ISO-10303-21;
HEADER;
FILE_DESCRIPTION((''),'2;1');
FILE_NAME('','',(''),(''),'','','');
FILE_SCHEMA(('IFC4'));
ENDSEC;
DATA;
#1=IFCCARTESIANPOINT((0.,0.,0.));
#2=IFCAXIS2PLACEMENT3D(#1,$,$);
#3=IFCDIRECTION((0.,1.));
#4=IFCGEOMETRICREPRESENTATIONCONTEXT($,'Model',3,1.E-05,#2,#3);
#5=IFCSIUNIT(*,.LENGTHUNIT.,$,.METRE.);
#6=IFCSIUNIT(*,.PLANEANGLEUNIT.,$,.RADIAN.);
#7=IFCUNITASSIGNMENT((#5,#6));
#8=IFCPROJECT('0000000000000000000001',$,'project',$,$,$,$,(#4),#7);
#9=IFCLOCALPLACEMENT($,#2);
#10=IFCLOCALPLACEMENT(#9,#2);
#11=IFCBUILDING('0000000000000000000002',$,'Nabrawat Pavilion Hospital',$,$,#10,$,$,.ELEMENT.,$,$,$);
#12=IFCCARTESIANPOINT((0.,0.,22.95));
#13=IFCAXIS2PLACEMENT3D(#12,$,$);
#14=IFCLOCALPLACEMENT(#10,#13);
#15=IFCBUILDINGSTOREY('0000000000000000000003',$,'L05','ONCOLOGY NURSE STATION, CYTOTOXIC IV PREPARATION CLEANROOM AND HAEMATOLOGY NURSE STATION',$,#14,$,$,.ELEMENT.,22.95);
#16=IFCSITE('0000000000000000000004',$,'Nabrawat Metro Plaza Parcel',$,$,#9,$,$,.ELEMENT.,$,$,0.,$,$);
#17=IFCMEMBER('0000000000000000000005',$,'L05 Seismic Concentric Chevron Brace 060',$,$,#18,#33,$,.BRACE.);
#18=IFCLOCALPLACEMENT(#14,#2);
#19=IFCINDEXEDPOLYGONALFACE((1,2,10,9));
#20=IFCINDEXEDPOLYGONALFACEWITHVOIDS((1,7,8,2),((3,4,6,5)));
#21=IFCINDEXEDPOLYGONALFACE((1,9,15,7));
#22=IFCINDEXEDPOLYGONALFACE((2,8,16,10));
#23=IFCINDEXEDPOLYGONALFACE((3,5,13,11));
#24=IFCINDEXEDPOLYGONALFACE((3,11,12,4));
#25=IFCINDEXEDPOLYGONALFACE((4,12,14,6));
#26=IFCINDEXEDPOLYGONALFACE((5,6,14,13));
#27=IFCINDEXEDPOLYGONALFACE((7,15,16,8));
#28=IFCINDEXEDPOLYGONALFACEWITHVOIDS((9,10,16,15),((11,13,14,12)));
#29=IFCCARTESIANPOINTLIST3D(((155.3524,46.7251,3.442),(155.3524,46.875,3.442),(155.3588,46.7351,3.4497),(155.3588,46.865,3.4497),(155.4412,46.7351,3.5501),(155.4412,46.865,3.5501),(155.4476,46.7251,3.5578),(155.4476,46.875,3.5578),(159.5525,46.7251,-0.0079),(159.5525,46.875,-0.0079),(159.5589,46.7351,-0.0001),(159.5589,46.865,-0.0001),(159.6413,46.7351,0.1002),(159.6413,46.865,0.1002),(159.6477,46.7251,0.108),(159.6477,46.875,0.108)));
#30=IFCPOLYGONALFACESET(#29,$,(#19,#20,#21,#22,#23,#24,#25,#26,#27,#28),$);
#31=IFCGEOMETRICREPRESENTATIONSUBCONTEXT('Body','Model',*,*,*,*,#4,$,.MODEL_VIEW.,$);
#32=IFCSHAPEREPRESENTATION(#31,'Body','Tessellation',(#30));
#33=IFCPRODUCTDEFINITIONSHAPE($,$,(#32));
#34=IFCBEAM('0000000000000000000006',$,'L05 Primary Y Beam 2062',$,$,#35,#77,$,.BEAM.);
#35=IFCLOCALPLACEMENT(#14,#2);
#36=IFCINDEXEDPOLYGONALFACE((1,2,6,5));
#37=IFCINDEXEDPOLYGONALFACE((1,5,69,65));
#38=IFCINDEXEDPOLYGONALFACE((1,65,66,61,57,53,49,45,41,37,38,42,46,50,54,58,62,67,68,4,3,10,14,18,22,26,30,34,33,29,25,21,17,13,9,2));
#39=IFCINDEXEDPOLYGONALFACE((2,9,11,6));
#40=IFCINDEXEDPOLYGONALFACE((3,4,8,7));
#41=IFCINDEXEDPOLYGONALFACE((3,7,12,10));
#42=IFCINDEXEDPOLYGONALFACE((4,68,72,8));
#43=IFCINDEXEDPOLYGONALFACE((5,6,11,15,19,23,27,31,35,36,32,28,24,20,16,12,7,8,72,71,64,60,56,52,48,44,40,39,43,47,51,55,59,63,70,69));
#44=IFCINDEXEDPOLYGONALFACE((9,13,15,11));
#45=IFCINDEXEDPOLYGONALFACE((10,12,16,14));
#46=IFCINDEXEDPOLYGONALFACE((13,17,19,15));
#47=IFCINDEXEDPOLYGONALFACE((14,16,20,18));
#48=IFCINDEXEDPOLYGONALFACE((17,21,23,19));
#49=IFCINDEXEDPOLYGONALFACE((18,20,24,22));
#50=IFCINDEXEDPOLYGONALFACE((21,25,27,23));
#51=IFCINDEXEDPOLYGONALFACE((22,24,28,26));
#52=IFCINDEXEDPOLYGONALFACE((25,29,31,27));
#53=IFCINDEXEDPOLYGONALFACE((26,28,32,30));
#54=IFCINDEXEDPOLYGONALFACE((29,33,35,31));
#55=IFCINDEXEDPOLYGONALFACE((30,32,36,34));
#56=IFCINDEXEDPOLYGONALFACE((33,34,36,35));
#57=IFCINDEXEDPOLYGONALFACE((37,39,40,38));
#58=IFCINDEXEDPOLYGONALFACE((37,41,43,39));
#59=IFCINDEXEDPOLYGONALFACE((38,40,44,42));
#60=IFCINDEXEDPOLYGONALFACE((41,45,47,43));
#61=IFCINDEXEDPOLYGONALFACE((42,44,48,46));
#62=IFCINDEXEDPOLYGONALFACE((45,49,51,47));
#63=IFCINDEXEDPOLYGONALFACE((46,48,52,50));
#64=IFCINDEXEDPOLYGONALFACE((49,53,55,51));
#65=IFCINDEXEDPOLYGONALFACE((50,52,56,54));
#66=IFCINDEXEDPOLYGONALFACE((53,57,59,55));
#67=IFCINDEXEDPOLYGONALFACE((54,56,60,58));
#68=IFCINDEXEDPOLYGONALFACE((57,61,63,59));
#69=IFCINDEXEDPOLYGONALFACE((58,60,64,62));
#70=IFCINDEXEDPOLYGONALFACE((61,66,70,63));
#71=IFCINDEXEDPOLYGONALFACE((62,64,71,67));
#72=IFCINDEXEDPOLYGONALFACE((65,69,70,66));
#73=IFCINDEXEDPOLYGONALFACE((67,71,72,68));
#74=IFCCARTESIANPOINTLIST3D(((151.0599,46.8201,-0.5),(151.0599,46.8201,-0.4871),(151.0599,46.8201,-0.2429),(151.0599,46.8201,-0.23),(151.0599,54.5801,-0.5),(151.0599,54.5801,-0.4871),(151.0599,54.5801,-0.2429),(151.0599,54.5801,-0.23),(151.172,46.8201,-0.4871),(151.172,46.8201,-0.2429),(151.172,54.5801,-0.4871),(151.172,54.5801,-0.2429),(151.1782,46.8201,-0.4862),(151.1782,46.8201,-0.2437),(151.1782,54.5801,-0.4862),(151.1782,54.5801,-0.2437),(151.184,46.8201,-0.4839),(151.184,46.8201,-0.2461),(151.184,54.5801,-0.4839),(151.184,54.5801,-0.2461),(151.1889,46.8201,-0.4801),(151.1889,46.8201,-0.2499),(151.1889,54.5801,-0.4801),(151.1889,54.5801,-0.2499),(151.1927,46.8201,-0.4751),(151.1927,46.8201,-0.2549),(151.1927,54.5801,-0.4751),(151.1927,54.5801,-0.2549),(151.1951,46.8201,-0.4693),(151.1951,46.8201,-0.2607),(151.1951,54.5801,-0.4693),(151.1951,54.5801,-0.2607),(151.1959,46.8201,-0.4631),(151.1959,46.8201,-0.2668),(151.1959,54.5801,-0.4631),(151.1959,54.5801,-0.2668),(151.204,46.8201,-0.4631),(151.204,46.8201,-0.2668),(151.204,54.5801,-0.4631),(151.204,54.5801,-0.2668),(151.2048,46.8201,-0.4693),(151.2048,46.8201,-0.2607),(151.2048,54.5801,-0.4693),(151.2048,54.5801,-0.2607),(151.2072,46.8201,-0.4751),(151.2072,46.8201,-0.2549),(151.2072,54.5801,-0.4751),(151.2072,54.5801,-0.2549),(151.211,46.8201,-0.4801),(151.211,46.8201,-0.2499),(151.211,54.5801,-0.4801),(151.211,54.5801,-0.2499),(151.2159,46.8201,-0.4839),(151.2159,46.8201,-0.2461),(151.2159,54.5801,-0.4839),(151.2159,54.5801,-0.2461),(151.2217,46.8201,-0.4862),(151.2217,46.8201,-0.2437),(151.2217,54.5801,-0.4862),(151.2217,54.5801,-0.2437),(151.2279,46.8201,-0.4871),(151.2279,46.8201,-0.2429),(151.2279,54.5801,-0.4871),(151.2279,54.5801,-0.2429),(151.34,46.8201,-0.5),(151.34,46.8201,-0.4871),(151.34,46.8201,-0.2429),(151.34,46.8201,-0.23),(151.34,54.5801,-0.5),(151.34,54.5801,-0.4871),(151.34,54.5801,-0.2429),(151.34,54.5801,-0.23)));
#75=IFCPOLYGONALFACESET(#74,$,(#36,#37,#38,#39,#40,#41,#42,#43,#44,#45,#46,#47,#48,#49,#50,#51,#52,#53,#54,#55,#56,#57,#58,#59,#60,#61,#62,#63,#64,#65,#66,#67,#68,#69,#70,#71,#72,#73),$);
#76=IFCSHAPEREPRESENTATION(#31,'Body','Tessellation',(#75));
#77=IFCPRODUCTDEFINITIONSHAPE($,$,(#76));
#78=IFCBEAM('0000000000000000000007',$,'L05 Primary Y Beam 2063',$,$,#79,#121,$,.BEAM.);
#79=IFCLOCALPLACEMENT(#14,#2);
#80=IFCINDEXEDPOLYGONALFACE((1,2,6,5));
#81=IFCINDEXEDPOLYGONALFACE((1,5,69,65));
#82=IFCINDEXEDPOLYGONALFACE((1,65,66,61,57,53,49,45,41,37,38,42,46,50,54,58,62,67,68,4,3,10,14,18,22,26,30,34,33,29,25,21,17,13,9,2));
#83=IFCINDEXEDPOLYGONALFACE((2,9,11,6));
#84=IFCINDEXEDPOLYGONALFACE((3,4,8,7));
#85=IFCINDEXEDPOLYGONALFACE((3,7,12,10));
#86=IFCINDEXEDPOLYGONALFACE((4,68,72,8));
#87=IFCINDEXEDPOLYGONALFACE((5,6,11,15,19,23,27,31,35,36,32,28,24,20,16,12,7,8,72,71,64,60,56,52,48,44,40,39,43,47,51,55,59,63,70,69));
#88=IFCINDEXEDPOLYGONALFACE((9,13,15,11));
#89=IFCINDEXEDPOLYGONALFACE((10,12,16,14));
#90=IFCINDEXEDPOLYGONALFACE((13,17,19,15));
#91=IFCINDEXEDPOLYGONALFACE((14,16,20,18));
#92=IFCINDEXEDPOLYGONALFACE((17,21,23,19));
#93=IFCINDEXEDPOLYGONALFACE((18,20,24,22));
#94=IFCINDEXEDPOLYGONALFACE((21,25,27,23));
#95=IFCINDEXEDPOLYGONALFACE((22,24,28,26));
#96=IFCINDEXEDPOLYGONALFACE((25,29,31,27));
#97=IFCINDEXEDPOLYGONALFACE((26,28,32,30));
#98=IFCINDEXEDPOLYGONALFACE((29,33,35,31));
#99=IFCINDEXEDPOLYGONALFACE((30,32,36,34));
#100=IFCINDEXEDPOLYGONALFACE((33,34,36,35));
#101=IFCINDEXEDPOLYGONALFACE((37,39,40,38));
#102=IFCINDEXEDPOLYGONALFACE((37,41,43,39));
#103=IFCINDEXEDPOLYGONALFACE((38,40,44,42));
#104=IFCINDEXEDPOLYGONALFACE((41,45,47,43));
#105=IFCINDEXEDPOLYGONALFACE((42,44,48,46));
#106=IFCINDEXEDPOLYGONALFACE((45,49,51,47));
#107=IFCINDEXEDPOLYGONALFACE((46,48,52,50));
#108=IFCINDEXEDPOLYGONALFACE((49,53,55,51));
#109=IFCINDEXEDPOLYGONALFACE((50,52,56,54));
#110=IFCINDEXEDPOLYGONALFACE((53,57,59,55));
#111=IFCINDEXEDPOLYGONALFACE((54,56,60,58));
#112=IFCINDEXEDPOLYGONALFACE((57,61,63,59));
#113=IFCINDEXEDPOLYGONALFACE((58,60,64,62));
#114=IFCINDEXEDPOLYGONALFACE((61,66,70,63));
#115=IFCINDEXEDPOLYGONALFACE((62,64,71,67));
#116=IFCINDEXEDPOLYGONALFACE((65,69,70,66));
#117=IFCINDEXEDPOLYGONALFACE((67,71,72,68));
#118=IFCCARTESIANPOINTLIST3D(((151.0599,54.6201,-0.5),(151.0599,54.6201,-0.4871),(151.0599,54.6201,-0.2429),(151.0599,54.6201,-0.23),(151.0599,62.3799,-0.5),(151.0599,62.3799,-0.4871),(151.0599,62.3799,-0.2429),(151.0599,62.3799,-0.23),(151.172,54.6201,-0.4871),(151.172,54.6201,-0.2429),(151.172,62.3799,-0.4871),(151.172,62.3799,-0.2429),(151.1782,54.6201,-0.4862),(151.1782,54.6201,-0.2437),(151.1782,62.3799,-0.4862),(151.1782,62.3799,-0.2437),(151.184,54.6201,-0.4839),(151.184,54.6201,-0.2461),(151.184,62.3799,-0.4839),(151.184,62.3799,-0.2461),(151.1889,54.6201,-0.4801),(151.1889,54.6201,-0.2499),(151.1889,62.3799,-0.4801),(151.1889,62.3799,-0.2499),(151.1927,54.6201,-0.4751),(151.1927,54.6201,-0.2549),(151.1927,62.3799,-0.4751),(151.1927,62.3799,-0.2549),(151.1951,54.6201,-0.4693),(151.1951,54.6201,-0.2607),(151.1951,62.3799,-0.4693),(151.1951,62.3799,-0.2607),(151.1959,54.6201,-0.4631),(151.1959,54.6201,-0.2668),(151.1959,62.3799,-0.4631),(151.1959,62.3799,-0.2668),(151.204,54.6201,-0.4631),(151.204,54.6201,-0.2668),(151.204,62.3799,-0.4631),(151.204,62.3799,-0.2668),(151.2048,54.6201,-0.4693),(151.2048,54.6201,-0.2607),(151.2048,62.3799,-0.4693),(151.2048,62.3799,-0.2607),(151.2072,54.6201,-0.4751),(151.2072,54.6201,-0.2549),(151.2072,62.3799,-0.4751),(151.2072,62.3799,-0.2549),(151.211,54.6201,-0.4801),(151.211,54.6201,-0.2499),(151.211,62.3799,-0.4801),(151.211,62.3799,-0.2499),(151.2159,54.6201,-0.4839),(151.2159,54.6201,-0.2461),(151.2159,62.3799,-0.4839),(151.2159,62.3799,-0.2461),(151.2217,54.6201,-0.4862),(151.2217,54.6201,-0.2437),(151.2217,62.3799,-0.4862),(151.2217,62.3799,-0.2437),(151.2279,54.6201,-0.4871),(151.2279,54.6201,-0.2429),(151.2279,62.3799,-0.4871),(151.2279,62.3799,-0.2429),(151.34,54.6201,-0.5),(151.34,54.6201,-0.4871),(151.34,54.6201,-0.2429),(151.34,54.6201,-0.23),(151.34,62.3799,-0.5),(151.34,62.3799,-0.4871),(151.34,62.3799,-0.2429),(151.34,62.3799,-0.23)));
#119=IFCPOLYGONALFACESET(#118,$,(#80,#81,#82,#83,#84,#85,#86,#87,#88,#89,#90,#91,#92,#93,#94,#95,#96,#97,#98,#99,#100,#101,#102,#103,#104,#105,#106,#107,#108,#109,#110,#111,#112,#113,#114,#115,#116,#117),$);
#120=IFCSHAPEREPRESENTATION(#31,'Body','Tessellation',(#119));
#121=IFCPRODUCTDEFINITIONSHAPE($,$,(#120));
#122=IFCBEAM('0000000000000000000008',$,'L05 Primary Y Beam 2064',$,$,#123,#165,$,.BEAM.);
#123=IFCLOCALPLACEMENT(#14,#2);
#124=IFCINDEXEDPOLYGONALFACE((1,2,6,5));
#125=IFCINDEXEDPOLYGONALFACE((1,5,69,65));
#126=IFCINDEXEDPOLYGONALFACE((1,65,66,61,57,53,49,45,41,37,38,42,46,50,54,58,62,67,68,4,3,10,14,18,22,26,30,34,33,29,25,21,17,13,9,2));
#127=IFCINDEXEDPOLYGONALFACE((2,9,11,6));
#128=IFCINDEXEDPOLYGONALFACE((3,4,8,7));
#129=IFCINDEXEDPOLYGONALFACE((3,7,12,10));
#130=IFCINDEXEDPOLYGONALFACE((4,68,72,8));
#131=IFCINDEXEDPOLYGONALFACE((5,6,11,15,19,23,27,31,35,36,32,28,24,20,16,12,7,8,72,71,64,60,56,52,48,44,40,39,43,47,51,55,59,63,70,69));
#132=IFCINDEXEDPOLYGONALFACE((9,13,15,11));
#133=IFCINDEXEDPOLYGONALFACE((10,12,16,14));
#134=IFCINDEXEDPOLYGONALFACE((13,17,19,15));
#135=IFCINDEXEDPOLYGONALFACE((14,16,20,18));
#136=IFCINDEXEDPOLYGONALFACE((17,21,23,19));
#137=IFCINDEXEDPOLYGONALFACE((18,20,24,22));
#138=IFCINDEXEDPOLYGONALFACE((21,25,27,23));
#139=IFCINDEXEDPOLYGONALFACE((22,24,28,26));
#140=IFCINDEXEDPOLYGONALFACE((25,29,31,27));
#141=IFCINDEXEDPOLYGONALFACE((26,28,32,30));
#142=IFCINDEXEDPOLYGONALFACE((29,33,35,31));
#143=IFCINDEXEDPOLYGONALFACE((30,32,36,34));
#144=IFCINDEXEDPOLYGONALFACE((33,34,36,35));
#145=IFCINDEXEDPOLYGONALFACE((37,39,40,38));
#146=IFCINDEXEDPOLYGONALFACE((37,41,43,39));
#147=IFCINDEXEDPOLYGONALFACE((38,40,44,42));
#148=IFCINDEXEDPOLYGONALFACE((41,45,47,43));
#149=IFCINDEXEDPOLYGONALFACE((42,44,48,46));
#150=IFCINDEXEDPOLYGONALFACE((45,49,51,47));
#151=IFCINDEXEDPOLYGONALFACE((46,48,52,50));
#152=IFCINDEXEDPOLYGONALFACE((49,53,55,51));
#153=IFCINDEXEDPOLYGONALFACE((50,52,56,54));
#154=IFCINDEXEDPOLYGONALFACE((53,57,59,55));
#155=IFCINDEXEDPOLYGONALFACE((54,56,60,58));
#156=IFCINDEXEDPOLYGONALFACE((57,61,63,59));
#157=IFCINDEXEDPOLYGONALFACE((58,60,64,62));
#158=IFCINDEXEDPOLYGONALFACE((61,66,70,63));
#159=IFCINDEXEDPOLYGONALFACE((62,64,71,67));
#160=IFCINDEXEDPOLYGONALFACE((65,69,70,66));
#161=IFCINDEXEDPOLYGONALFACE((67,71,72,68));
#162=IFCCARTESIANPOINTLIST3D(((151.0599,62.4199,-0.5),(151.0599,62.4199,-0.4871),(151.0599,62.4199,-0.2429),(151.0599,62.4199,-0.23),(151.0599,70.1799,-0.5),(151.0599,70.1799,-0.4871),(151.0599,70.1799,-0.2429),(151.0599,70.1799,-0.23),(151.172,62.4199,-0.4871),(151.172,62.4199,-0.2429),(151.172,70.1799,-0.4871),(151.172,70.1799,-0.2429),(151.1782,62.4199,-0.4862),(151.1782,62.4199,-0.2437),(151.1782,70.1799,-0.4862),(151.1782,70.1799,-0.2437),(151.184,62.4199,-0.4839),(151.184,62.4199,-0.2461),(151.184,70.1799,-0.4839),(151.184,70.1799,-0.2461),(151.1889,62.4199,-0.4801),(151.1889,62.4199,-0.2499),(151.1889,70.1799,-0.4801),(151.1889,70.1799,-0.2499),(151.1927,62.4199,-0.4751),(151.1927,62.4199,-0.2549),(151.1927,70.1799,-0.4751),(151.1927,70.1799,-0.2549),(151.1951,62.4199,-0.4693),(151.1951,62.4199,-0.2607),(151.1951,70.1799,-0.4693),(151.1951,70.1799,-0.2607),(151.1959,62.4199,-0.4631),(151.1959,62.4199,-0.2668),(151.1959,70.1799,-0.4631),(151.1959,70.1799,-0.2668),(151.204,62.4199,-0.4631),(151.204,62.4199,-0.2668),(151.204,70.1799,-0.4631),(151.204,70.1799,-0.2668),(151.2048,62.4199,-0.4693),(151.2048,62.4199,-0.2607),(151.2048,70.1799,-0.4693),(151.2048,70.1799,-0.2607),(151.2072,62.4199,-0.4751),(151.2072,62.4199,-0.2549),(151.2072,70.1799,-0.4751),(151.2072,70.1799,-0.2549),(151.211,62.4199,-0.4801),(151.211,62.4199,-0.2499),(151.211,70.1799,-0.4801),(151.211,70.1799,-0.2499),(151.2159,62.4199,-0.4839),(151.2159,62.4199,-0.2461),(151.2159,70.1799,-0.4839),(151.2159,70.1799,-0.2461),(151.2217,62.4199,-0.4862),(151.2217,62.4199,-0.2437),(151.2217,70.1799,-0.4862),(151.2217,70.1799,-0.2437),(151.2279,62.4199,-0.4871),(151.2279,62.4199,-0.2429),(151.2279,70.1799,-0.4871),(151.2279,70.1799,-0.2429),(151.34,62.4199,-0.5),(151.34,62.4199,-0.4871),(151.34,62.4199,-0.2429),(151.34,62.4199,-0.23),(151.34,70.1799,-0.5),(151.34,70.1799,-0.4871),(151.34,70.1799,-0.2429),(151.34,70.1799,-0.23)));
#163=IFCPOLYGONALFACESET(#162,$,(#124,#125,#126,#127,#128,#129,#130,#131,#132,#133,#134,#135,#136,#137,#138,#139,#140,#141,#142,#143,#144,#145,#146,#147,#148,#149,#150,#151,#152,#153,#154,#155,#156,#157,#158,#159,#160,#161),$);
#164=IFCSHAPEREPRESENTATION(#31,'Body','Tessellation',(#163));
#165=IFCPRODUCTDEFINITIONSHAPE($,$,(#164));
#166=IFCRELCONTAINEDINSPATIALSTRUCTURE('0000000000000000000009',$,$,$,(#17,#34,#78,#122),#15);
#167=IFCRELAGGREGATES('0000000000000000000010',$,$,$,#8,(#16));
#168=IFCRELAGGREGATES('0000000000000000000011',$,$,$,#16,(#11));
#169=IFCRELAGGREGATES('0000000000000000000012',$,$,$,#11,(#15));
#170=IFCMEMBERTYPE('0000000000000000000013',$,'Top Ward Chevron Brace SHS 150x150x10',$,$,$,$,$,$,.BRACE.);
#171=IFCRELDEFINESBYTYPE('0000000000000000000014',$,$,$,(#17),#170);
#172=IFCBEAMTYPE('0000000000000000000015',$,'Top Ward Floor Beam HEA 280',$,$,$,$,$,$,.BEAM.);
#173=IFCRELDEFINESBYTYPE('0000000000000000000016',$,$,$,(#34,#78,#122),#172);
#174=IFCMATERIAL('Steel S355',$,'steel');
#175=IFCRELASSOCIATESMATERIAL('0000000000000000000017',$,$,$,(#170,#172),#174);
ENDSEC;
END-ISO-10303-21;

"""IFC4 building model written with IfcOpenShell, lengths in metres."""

from ifc_helpers import new_model, si_unit, direction, frame, origin, origin_2d, place, context, subcontext, project, spatial, hollow_rectangle, i_section, extrude, material, material_profile, profile_set, type_object, element, save


model = new_model("IFC4")

# Units and contexts
model_context = context("Model", 3, precision=1e-05, world=origin(), true_north=direction((0.0, 1.0)))
body_context = subcontext(model_context, "Body", "Model", "MODEL_VIEW")
ifc_project = project(units=[si_unit("LENGTHUNIT", "METRE"), si_unit("PLANEANGLEUNIT", "RADIAN")], contexts=[model_context])

# Site, building, storey
site_placement = place(None, origin())
site = spatial("IfcSite", under=ifc_project, at=site_placement, Name="Nabrawat Metro Plaza Parcel", CompositionType="ELEMENT", RefElevation=0.0)
building_placement = place(site_placement, origin())
building = spatial("IfcBuilding", under=site, at=building_placement, Name="Nabrawat Pavilion Hospital", CompositionType="ELEMENT")
storey_placement = place(building_placement, frame((0.0, 0.0, 22.95)))
storey = spatial("IfcBuildingStorey", under=building, at=storey_placement, Name="L05", Description="ONCOLOGY NURSE STATION, CYTOTOXIC IV PREPARATION CLEANROOM AND HAEMATOLOGY NURSE STATION", CompositionType="ELEMENT", Elevation=22.95)

# Shared definitions
ifc_material_1 = material(Name="Steel S355", Category="steel")

# Member
ifc_material_profile_1 = material_profile(ifc_material_1, hollow_rectangle(XDim=0.1499, YDim=0.1499, WallThickness=0.01, at=origin_2d()), Name="SHS 150x150x10")
ifc_profile_set_1 = profile_set([ifc_material_profile_1], Name="Steel S355")
member_type = type_object("IfcMemberType", Name="Top Ward Chevron Brace SHS 150x150x10", PredefinedType="BRACE", material=ifc_profile_set_1)
for number, where, z_axis, x_axis, name in (
    (1, (159.6001, 46.8, 0.05), (-0.772745, 0.0, 0.634716), (0.0, -1.0, 0.0), "L05 Seismic Concentric Chevron Brace 060"),
):
    element("IfcMember", number, at=place(storey_placement, frame(where, z_axis=z_axis, x_axis=x_axis)), inside=storey, type_object=member_type, Name=name, PredefinedType="BRACE", context=body_context, shape_type="SweptSolid", body=[
        extrude(hollow_rectangle(XDim=0.1499, YDim=0.1499, WallThickness=0.01, at=origin_2d()), origin(), (0.0, 0.0, 1.0), 5.4353),
    ])

# Beams
ifc_material_profile_2 = material_profile(ifc_material_1, i_section(OverallWidth=0.28, OverallDepth=0.27, WebThickness=0.0081, FlangeThickness=0.0129, FilletRadius=0.0239, at=origin_2d()), Name="HEA 280")
ifc_profile_set_2 = profile_set([ifc_material_profile_2], Name="Steel S355")
beam_type_1 = type_object("IfcBeamType", Name="Top Ward Floor Beam HEA 280", PredefinedType="BEAM", material=ifc_profile_set_2)
beam_1_placement = place(storey_placement, frame((151.2, 46.8201, -0.365), z_axis=(0.0, 1.0, 0.0), x_axis=(-1.0, 0.0, 0.0)))
element("IfcBeam", 2, at=beam_1_placement, inside=storey, type_object=beam_type_1, Name="L05 Primary Y Beam 2062", PredefinedType="BEAM", context=body_context, shape_type="SweptSolid", body=[
    extrude(i_section(OverallWidth=0.28, OverallDepth=0.27, WebThickness=0.0081, FlangeThickness=0.0129, FilletRadius=0.0239, at=origin_2d()), origin(), (0.0, 0.0, 1.0), 7.76),
])
beam_2_placement = place(storey_placement, frame((151.2, 54.6201, -0.365), z_axis=(0.0, 1.0, 0.0), x_axis=(-1.0, 0.0, 0.0)))
element("IfcBeam", 3, at=beam_2_placement, inside=storey, type_object=beam_type_1, Name="L05 Primary Y Beam 2063", PredefinedType="BEAM", context=body_context, shape_type="SweptSolid", body=[
    extrude(i_section(OverallWidth=0.28, OverallDepth=0.27, WebThickness=0.0081, FlangeThickness=0.0129, FilletRadius=0.0239, at=origin_2d()), origin(), (0.0, 0.0, 1.0), 7.7598),
])
for number, where, z_axis, x_axis, name in (
    (4, (151.2, 62.4199, -0.365), (0.0, 1.0, 0.0), (-1.0, 0.0, 0.0), "L05 Primary Y Beam 2064"),
):
    element("IfcBeam", number, at=place(storey_placement, frame(where, z_axis=z_axis, x_axis=x_axis)), inside=storey, type_object=beam_type_1, Name=name, PredefinedType="BEAM", context=body_context, shape_type="SweptSolid", body=[
        extrude(i_section(OverallWidth=0.28, OverallDepth=0.27, WebThickness=0.0081, FlangeThickness=0.0129, FilletRadius=0.0239, at=origin_2d()), origin(), (0.0, 0.0, 1.0), 7.76),
    ])

save(model, "model.ifc")
